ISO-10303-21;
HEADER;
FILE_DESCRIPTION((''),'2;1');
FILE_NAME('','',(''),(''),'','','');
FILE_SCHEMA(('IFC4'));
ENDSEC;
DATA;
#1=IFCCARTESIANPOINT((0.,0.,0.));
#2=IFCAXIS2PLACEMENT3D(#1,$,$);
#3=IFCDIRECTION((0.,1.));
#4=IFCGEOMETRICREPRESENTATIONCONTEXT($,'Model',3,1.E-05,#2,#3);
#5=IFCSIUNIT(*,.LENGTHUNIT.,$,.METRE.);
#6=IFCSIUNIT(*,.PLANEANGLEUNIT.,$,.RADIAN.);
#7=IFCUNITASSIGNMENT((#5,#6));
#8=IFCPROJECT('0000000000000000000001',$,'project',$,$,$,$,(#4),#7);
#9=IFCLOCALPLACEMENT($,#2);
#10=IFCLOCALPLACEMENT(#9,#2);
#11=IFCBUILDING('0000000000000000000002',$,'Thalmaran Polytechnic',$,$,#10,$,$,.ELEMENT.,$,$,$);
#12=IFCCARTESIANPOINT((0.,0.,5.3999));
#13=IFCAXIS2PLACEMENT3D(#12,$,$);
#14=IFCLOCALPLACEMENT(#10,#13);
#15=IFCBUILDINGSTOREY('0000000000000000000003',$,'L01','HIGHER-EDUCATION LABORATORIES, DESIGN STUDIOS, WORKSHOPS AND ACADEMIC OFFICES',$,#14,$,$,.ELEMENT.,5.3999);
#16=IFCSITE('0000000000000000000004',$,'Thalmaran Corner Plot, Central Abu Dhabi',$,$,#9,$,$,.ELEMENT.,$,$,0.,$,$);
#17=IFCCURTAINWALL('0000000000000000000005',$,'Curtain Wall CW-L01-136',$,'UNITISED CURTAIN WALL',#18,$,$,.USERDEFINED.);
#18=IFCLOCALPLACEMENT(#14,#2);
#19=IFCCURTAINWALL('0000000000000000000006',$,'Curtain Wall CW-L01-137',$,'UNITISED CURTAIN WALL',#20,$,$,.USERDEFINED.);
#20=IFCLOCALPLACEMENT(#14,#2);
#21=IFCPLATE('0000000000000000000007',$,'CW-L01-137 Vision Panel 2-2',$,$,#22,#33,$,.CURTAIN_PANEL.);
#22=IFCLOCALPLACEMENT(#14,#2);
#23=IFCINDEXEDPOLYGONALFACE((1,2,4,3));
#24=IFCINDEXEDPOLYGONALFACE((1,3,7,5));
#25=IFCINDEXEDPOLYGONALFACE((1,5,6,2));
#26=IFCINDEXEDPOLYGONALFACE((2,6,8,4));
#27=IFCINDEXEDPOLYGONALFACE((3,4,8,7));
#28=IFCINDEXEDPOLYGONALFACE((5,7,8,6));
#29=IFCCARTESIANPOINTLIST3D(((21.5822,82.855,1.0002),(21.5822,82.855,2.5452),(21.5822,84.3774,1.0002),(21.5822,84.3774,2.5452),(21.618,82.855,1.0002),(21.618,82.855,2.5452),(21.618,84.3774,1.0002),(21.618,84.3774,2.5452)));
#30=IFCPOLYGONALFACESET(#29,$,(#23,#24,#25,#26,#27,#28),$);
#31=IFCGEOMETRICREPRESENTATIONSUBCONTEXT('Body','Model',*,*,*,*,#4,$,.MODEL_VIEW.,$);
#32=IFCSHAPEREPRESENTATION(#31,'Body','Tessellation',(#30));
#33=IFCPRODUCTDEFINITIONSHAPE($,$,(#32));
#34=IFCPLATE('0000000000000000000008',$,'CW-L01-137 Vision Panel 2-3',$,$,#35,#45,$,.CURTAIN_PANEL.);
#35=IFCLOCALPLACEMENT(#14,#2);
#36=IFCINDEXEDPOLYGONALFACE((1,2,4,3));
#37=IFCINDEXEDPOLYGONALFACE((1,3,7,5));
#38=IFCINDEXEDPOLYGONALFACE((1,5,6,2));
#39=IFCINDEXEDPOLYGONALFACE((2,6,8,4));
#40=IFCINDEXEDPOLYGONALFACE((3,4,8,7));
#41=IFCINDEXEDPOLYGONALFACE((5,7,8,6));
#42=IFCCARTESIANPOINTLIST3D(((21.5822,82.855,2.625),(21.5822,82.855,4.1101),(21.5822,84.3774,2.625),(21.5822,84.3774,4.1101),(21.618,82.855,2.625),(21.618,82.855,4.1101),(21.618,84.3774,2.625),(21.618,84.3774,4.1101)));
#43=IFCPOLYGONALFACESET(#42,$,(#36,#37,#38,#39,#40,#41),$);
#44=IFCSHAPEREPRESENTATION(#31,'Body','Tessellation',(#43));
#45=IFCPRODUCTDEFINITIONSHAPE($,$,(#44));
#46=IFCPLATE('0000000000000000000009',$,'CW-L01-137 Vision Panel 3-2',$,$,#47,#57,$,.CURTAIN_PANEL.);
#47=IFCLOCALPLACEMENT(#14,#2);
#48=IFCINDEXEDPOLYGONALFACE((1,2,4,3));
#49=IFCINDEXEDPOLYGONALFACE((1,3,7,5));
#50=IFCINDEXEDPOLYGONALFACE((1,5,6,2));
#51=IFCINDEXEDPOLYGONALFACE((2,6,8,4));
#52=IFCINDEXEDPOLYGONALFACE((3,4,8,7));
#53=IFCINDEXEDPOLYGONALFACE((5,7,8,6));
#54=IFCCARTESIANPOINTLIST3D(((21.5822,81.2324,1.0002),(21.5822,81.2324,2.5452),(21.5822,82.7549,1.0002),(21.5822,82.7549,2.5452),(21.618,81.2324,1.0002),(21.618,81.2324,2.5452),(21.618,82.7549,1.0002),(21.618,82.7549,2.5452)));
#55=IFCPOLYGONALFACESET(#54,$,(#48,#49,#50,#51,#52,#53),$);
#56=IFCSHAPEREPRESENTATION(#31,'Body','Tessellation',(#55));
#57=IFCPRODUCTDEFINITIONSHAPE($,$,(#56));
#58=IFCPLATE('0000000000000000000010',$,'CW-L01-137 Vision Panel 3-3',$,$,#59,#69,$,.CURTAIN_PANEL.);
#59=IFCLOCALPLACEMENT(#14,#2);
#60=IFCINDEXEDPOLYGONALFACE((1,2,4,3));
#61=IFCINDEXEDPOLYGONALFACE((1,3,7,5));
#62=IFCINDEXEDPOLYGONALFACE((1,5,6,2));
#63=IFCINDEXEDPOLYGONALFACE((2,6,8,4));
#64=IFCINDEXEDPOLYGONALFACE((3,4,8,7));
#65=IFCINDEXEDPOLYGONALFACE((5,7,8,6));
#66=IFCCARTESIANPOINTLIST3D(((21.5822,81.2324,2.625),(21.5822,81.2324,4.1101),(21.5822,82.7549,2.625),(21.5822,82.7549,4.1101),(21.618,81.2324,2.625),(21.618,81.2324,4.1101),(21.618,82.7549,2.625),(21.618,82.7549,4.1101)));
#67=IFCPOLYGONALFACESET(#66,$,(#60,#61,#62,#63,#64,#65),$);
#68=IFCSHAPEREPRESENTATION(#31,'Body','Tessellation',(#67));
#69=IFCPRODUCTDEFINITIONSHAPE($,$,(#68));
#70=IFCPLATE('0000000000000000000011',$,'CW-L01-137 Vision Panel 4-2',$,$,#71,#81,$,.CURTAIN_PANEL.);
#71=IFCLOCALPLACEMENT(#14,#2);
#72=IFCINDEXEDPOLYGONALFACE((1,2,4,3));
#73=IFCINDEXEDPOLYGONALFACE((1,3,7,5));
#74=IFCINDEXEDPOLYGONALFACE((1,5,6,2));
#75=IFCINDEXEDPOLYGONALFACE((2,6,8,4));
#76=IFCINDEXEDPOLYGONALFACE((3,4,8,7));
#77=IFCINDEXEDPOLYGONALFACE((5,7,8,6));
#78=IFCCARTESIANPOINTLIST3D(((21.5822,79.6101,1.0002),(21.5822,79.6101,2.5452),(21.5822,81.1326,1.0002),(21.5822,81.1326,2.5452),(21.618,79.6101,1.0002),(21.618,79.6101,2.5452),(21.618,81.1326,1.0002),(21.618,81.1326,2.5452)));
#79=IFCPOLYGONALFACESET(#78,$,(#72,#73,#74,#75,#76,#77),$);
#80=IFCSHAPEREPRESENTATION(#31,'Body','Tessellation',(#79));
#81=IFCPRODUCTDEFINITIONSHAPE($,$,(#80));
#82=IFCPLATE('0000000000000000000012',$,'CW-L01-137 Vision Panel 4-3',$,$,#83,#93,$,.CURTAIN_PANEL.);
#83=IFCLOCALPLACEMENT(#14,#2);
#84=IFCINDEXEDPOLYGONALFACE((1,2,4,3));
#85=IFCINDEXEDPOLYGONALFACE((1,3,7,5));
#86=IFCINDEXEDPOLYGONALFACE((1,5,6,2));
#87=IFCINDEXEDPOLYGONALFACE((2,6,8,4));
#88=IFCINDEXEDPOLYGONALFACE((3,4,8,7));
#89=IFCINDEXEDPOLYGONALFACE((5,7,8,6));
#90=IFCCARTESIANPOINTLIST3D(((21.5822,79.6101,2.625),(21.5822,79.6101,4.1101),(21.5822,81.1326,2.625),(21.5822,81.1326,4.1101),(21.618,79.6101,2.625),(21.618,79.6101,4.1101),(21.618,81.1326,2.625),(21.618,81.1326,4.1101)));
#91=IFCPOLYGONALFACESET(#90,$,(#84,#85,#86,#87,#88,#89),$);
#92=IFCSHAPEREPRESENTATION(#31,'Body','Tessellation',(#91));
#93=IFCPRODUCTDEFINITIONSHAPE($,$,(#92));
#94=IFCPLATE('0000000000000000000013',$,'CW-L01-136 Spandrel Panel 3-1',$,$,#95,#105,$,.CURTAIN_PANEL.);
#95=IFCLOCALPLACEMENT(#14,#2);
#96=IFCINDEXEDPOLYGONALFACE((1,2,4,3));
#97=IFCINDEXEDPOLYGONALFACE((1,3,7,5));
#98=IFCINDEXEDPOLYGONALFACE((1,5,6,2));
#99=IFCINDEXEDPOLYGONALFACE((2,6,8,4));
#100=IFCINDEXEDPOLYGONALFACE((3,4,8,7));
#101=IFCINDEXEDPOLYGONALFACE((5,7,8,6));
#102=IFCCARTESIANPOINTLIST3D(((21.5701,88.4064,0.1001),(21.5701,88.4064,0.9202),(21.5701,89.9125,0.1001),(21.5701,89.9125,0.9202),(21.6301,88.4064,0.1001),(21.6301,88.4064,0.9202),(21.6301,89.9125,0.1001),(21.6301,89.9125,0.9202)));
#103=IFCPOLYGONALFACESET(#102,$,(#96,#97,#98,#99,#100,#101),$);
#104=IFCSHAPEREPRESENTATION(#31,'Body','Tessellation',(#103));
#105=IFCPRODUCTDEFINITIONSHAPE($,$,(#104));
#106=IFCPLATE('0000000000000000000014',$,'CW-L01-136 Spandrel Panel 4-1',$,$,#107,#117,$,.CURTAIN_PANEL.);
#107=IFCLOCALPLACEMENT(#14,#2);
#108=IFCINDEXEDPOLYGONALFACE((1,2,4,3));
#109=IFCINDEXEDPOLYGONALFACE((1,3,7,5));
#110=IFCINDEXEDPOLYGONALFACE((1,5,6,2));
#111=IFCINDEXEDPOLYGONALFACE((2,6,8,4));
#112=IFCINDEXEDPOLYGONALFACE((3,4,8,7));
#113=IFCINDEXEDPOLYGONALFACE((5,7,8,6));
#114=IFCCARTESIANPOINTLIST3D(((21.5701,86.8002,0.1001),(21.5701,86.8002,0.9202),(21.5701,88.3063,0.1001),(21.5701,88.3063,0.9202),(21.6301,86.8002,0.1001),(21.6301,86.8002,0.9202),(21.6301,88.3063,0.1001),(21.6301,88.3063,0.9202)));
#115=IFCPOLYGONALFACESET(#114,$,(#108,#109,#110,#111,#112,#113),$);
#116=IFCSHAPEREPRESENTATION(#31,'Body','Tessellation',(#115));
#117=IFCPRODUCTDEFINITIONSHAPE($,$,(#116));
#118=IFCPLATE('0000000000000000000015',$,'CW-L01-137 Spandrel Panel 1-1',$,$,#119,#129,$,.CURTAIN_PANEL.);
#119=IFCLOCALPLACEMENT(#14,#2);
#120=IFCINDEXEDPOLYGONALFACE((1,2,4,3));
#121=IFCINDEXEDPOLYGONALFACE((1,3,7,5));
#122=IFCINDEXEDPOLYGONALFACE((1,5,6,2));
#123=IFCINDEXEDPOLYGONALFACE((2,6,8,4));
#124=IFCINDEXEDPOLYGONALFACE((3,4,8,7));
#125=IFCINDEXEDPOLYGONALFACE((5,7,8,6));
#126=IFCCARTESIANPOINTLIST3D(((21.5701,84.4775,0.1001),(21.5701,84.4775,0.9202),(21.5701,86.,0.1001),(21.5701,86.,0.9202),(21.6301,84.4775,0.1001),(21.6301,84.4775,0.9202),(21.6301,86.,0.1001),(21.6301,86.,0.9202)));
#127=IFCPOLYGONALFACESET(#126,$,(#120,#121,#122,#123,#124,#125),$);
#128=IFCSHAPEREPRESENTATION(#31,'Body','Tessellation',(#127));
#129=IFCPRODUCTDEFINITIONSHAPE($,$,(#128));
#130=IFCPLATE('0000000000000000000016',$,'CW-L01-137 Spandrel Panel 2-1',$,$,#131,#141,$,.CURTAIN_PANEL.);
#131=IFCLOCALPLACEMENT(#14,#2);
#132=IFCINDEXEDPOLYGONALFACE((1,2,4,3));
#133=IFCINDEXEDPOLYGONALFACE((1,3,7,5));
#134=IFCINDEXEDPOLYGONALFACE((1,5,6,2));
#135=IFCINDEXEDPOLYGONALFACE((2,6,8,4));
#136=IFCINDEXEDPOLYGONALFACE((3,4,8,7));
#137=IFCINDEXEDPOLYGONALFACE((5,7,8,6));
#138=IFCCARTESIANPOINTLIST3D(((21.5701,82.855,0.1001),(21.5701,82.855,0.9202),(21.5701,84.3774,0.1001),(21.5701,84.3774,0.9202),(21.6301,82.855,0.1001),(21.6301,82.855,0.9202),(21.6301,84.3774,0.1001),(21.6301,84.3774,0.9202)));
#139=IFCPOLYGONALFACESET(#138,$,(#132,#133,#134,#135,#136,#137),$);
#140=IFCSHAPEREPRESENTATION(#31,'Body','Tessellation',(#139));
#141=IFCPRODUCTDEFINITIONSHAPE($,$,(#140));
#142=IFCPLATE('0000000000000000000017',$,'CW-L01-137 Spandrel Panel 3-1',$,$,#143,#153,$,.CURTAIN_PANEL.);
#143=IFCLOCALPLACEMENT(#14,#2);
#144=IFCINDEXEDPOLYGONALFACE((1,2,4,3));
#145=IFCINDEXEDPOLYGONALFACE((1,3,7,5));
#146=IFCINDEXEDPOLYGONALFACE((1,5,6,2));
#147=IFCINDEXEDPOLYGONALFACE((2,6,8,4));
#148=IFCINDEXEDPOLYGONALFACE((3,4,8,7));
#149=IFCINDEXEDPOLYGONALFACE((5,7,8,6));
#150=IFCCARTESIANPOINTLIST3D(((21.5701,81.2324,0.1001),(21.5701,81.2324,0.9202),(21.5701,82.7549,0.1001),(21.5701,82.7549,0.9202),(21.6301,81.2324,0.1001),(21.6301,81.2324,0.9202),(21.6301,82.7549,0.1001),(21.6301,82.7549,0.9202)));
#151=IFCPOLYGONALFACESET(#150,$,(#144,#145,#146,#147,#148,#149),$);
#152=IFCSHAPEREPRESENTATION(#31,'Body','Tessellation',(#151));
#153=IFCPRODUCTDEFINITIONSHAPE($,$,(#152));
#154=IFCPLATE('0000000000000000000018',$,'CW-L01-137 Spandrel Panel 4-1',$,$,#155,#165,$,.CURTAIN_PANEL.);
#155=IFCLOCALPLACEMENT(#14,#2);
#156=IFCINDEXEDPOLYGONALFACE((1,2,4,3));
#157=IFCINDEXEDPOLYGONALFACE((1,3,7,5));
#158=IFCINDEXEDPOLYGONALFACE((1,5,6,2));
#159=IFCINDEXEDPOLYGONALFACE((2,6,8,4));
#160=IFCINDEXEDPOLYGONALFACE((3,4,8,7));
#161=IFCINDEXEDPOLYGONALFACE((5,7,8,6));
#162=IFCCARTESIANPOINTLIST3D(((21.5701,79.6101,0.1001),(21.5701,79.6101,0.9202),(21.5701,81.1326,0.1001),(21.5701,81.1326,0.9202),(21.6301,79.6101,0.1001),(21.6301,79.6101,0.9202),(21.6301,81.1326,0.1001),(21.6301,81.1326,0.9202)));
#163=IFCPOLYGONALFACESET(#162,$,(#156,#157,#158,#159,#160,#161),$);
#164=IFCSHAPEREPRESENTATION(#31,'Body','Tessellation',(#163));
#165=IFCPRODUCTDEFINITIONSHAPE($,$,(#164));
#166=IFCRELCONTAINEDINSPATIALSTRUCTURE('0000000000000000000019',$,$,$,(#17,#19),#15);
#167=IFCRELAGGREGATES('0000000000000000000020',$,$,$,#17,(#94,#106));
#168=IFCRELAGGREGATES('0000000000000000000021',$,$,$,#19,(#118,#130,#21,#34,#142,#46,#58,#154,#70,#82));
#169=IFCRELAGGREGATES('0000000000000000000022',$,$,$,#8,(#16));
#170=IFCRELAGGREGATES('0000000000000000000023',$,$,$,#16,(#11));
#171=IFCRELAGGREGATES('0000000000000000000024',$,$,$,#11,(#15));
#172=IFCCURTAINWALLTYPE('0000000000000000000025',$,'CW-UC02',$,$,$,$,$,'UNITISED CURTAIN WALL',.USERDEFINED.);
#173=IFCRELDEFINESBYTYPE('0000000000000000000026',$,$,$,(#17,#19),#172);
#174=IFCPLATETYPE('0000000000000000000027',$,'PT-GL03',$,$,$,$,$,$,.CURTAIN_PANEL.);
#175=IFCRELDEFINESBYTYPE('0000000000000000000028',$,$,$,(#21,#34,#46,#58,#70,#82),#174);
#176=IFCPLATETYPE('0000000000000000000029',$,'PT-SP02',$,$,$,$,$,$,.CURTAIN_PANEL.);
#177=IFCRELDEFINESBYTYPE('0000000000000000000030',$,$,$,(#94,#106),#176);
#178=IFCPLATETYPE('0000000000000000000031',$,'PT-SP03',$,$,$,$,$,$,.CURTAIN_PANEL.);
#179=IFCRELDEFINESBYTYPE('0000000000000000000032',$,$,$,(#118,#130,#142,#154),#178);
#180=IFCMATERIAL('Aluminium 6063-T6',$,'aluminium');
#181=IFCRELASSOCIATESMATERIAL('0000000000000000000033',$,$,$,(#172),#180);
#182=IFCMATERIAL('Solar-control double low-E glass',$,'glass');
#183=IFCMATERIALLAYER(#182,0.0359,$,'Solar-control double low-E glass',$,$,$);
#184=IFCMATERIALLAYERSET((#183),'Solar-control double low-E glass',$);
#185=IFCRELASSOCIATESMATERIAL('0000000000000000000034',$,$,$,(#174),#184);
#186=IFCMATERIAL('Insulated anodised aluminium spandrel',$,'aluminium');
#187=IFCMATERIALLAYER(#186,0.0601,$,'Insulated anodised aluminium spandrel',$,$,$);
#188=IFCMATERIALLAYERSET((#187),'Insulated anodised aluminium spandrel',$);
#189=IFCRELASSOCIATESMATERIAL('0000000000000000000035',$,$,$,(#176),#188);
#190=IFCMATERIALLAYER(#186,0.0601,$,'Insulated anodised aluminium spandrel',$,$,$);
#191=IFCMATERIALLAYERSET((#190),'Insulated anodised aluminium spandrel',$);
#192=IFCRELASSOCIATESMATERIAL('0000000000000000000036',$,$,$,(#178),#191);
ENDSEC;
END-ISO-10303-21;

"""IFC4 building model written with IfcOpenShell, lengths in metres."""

from ifc_helpers import new_model, si_unit, direction, frame, origin, origin_2d, place, context, subcontext, project, spatial, rectangle, extrude, material, layer, layer_set, type_object, element, aggregate, save


model = new_model("IFC4")

# Units and contexts
model_context = context("Model", 3, precision=1e-05, world=origin(), true_north=direction((0.0, 1.0)))
body_context = subcontext(model_context, "Body", "Model", "MODEL_VIEW")
ifc_project = project(units=[si_unit("LENGTHUNIT", "METRE"), si_unit("PLANEANGLEUNIT", "RADIAN")], contexts=[model_context])

# Site, building, storey
site_placement = place(None, origin())
site = spatial("IfcSite", under=ifc_project, at=site_placement, Name="Thalmaran Corner Plot, Central Abu Dhabi", CompositionType="ELEMENT", RefElevation=0.0)
building_placement = place(site_placement, origin())
building = spatial("IfcBuilding", under=site, at=building_placement, Name="Thalmaran Polytechnic", CompositionType="ELEMENT")
storey_placement = place(building_placement, frame((0.0, 0.0, 5.3999)))
storey = spatial("IfcBuildingStorey", under=building, at=storey_placement, Name="L01", Description="HIGHER-EDUCATION LABORATORIES, DESIGN STUDIOS, WORKSHOPS AND ACADEMIC OFFICES", CompositionType="ELEMENT", Elevation=5.3999)

# Curtain walls
ifc_material_1 = material(Name="Aluminium 6063-T6", Category="aluminium")
curtain_wall_type = type_object("IfcCurtainWallType", Name="CW-UC02", ElementType="UNITISED CURTAIN WALL", PredefinedType="USERDEFINED", material=ifc_material_1)
curtain_wall_1_placement = place(storey_placement, origin())
curtain_wall_1 = element("IfcCurtainWall", 1, at=curtain_wall_1_placement, inside=storey, type_object=curtain_wall_type, Name="Curtain Wall CW-L01-136", ObjectType="UNITISED CURTAIN WALL", PredefinedType="USERDEFINED")
curtain_wall_2_placement = place(storey_placement, origin())
curtain_wall_2 = element("IfcCurtainWall", 2, at=curtain_wall_2_placement, inside=storey, type_object=curtain_wall_type, Name="Curtain Wall CW-L01-137", ObjectType="UNITISED CURTAIN WALL", PredefinedType="USERDEFINED")

# Plates
ifc_material_2 = material(Name="Solar-control double low-E glass", Category="glass")
ifc_layer_1 = layer(ifc_material_2, 0.0359, Name="Solar-control double low-E glass")
ifc_layer_set_1 = layer_set([ifc_layer_1], Name="Solar-control double low-E glass")
plate_type_1 = type_object("IfcPlateType", Name="PT-GL03", PredefinedType="CURTAIN_PANEL", material=ifc_layer_set_1)
plate_1_placement = place(storey_placement, frame((21.6001, 83.6162, 1.0002), z_axis=(0.0, 0.0, 1.0), x_axis=(0.0, -1.0, 0.0)))
plate_1 = element("IfcPlate", 3, at=plate_1_placement, type_object=plate_type_1, Name="CW-L01-137 Vision Panel 2-2", PredefinedType="CURTAIN_PANEL", context=body_context, shape_type="SweptSolid", body=[
    extrude(rectangle(XDim=1.5225, YDim=0.0359, at=origin_2d()), origin(), (0.0, 0.0, 1.0), 1.5449),
])
plate_2_placement = place(storey_placement, frame((21.6001, 83.6162, 2.625), z_axis=(0.0, 0.0, 1.0), x_axis=(0.0, -1.0, 0.0)))
plate_2 = element("IfcPlate", 4, at=plate_2_placement, type_object=plate_type_1, Name="CW-L01-137 Vision Panel 2-3", PredefinedType="CURTAIN_PANEL", context=body_context, shape_type="SweptSolid", body=[
    extrude(rectangle(XDim=1.5225, YDim=0.0359, at=origin_2d()), origin(), (0.0, 0.0, 1.0), 1.4851),
])
plate_3_placement = place(storey_placement, frame((21.6001, 81.9937, 1.0002), z_axis=(0.0, 0.0, 1.0), x_axis=(0.0, -1.0, 0.0)))
plate_3 = element("IfcPlate", 5, at=plate_3_placement, type_object=plate_type_1, Name="CW-L01-137 Vision Panel 3-2", PredefinedType="CURTAIN_PANEL", context=body_context, shape_type="SweptSolid", body=[
    extrude(rectangle(XDim=1.5225, YDim=0.0359, at=origin_2d()), origin(), (0.0, 0.0, 1.0), 1.5449),
])
plate_4_placement = place(storey_placement, frame((21.6001, 81.9937, 2.625), z_axis=(0.0, 0.0, 1.0), x_axis=(0.0, -1.0, 0.0)))
plate_4 = element("IfcPlate", 6, at=plate_4_placement, type_object=plate_type_1, Name="CW-L01-137 Vision Panel 3-3", PredefinedType="CURTAIN_PANEL", context=body_context, shape_type="SweptSolid", body=[
    extrude(rectangle(XDim=1.5225, YDim=0.0359, at=origin_2d()), origin(), (0.0, 0.0, 1.0), 1.4851),
])
plate_5_placement = place(storey_placement, frame((21.6001, 80.3713, 1.0002), z_axis=(0.0, 0.0, 1.0), x_axis=(0.0, -1.0, 0.0)))
plate_5 = element("IfcPlate", 7, at=plate_5_placement, type_object=plate_type_1, Name="CW-L01-137 Vision Panel 4-2", PredefinedType="CURTAIN_PANEL", context=body_context, shape_type="SweptSolid", body=[
    extrude(rectangle(XDim=1.5225, YDim=0.0359, at=origin_2d()), origin(), (0.0, 0.0, 1.0), 1.5449),
])
plate_6_placement = place(storey_placement, frame((21.6001, 80.3713, 2.625), z_axis=(0.0, 0.0, 1.0), x_axis=(0.0, -1.0, 0.0)))
plate_6 = element("IfcPlate", 8, at=plate_6_placement, type_object=plate_type_1, Name="CW-L01-137 Vision Panel 4-3", PredefinedType="CURTAIN_PANEL", context=body_context, shape_type="SweptSolid", body=[
    extrude(rectangle(XDim=1.5225, YDim=0.0359, at=origin_2d()), origin(), (0.0, 0.0, 1.0), 1.4851),
])
ifc_material_3 = material(Name="Insulated anodised aluminium spandrel", Category="aluminium")
ifc_layer_2 = layer(ifc_material_3, 0.0601, Name="Insulated anodised aluminium spandrel")
ifc_layer_set_2 = layer_set([ifc_layer_2], Name="Insulated anodised aluminium spandrel")
plate_type_2 = type_object("IfcPlateType", Name="PT-SP02", PredefinedType="CURTAIN_PANEL", material=ifc_layer_set_2)
plate_7_placement = place(storey_placement, frame((21.6001, 89.1594, 0.1001), z_axis=(0.0, 0.0, 1.0), x_axis=(0.0, -1.0, 0.0)))
plate_7 = element("IfcPlate", 9, at=plate_7_placement, type_object=plate_type_2, Name="CW-L01-136 Spandrel Panel 3-1", PredefinedType="CURTAIN_PANEL", context=body_context, shape_type="SweptSolid", body=[
    extrude(rectangle(XDim=1.5061, YDim=0.0601, at=origin_2d()), origin(), (0.0, 0.0, 1.0), 0.8201),
])
plate_8_placement = place(storey_placement, frame((21.6001, 87.5532, 0.1001), z_axis=(0.0, 0.0, 1.0), x_axis=(0.0, -1.0, 0.0)))
plate_8 = element("IfcPlate", 10, at=plate_8_placement, type_object=plate_type_2, Name="CW-L01-136 Spandrel Panel 4-1", PredefinedType="CURTAIN_PANEL", context=body_context, shape_type="SweptSolid", body=[
    extrude(rectangle(XDim=1.5061, YDim=0.0601, at=origin_2d()), origin(), (0.0, 0.0, 1.0), 0.8201),
])
aggregate(curtain_wall_1, [plate_7, plate_8])
ifc_layer_3 = layer(ifc_material_3, 0.0601, Name="Insulated anodised aluminium spandrel")
ifc_layer_set_3 = layer_set([ifc_layer_3], Name="Insulated anodised aluminium spandrel")
plate_type_3 = type_object("IfcPlateType", Name="PT-SP03", PredefinedType="CURTAIN_PANEL", material=ifc_layer_set_3)
plate_9_placement = place(storey_placement, frame((21.6001, 85.2388, 0.1001), z_axis=(0.0, 0.0, 1.0), x_axis=(0.0, -1.0, 0.0)))
plate_9 = element("IfcPlate", 11, at=plate_9_placement, type_object=plate_type_3, Name="CW-L01-137 Spandrel Panel 1-1", PredefinedType="CURTAIN_PANEL", context=body_context, shape_type="SweptSolid", body=[
    extrude(rectangle(XDim=1.5225, YDim=0.0601, at=origin_2d()), origin(), (0.0, 0.0, 1.0), 0.8201),
])
plate_10_placement = place(storey_placement, frame((21.6001, 83.6162, 0.1001), z_axis=(0.0, 0.0, 1.0), x_axis=(0.0, -1.0, 0.0)))
plate_10 = element("IfcPlate", 12, at=plate_10_placement, type_object=plate_type_3, Name="CW-L01-137 Spandrel Panel 2-1", PredefinedType="CURTAIN_PANEL", context=body_context, shape_type="SweptSolid", body=[
    extrude(rectangle(XDim=1.5225, YDim=0.0601, at=origin_2d()), origin(), (0.0, 0.0, 1.0), 0.8201),
])
plate_11_placement = place(storey_placement, frame((21.6001, 81.9937, 0.1001), z_axis=(0.0, 0.0, 1.0), x_axis=(0.0, -1.0, 0.0)))
plate_11 = element("IfcPlate", 13, at=plate_11_placement, type_object=plate_type_3, Name="CW-L01-137 Spandrel Panel 3-1", PredefinedType="CURTAIN_PANEL", context=body_context, shape_type="SweptSolid", body=[
    extrude(rectangle(XDim=1.5225, YDim=0.0601, at=origin_2d()), origin(), (0.0, 0.0, 1.0), 0.8201),
])
plate_12_placement = place(storey_placement, frame((21.6001, 80.3713, 0.1001), z_axis=(0.0, 0.0, 1.0), x_axis=(0.0, -1.0, 0.0)))
plate_12 = element("IfcPlate", 14, at=plate_12_placement, type_object=plate_type_3, Name="CW-L01-137 Spandrel Panel 4-1", PredefinedType="CURTAIN_PANEL", context=body_context, shape_type="SweptSolid", body=[
    extrude(rectangle(XDim=1.5225, YDim=0.0601, at=origin_2d()), origin(), (0.0, 0.0, 1.0), 0.8201),
])
aggregate(curtain_wall_2, [plate_9, plate_10, plate_1, plate_2, plate_11, plate_3, plate_4, plate_12, plate_5, plate_6])

save(model, "model.ifc")
